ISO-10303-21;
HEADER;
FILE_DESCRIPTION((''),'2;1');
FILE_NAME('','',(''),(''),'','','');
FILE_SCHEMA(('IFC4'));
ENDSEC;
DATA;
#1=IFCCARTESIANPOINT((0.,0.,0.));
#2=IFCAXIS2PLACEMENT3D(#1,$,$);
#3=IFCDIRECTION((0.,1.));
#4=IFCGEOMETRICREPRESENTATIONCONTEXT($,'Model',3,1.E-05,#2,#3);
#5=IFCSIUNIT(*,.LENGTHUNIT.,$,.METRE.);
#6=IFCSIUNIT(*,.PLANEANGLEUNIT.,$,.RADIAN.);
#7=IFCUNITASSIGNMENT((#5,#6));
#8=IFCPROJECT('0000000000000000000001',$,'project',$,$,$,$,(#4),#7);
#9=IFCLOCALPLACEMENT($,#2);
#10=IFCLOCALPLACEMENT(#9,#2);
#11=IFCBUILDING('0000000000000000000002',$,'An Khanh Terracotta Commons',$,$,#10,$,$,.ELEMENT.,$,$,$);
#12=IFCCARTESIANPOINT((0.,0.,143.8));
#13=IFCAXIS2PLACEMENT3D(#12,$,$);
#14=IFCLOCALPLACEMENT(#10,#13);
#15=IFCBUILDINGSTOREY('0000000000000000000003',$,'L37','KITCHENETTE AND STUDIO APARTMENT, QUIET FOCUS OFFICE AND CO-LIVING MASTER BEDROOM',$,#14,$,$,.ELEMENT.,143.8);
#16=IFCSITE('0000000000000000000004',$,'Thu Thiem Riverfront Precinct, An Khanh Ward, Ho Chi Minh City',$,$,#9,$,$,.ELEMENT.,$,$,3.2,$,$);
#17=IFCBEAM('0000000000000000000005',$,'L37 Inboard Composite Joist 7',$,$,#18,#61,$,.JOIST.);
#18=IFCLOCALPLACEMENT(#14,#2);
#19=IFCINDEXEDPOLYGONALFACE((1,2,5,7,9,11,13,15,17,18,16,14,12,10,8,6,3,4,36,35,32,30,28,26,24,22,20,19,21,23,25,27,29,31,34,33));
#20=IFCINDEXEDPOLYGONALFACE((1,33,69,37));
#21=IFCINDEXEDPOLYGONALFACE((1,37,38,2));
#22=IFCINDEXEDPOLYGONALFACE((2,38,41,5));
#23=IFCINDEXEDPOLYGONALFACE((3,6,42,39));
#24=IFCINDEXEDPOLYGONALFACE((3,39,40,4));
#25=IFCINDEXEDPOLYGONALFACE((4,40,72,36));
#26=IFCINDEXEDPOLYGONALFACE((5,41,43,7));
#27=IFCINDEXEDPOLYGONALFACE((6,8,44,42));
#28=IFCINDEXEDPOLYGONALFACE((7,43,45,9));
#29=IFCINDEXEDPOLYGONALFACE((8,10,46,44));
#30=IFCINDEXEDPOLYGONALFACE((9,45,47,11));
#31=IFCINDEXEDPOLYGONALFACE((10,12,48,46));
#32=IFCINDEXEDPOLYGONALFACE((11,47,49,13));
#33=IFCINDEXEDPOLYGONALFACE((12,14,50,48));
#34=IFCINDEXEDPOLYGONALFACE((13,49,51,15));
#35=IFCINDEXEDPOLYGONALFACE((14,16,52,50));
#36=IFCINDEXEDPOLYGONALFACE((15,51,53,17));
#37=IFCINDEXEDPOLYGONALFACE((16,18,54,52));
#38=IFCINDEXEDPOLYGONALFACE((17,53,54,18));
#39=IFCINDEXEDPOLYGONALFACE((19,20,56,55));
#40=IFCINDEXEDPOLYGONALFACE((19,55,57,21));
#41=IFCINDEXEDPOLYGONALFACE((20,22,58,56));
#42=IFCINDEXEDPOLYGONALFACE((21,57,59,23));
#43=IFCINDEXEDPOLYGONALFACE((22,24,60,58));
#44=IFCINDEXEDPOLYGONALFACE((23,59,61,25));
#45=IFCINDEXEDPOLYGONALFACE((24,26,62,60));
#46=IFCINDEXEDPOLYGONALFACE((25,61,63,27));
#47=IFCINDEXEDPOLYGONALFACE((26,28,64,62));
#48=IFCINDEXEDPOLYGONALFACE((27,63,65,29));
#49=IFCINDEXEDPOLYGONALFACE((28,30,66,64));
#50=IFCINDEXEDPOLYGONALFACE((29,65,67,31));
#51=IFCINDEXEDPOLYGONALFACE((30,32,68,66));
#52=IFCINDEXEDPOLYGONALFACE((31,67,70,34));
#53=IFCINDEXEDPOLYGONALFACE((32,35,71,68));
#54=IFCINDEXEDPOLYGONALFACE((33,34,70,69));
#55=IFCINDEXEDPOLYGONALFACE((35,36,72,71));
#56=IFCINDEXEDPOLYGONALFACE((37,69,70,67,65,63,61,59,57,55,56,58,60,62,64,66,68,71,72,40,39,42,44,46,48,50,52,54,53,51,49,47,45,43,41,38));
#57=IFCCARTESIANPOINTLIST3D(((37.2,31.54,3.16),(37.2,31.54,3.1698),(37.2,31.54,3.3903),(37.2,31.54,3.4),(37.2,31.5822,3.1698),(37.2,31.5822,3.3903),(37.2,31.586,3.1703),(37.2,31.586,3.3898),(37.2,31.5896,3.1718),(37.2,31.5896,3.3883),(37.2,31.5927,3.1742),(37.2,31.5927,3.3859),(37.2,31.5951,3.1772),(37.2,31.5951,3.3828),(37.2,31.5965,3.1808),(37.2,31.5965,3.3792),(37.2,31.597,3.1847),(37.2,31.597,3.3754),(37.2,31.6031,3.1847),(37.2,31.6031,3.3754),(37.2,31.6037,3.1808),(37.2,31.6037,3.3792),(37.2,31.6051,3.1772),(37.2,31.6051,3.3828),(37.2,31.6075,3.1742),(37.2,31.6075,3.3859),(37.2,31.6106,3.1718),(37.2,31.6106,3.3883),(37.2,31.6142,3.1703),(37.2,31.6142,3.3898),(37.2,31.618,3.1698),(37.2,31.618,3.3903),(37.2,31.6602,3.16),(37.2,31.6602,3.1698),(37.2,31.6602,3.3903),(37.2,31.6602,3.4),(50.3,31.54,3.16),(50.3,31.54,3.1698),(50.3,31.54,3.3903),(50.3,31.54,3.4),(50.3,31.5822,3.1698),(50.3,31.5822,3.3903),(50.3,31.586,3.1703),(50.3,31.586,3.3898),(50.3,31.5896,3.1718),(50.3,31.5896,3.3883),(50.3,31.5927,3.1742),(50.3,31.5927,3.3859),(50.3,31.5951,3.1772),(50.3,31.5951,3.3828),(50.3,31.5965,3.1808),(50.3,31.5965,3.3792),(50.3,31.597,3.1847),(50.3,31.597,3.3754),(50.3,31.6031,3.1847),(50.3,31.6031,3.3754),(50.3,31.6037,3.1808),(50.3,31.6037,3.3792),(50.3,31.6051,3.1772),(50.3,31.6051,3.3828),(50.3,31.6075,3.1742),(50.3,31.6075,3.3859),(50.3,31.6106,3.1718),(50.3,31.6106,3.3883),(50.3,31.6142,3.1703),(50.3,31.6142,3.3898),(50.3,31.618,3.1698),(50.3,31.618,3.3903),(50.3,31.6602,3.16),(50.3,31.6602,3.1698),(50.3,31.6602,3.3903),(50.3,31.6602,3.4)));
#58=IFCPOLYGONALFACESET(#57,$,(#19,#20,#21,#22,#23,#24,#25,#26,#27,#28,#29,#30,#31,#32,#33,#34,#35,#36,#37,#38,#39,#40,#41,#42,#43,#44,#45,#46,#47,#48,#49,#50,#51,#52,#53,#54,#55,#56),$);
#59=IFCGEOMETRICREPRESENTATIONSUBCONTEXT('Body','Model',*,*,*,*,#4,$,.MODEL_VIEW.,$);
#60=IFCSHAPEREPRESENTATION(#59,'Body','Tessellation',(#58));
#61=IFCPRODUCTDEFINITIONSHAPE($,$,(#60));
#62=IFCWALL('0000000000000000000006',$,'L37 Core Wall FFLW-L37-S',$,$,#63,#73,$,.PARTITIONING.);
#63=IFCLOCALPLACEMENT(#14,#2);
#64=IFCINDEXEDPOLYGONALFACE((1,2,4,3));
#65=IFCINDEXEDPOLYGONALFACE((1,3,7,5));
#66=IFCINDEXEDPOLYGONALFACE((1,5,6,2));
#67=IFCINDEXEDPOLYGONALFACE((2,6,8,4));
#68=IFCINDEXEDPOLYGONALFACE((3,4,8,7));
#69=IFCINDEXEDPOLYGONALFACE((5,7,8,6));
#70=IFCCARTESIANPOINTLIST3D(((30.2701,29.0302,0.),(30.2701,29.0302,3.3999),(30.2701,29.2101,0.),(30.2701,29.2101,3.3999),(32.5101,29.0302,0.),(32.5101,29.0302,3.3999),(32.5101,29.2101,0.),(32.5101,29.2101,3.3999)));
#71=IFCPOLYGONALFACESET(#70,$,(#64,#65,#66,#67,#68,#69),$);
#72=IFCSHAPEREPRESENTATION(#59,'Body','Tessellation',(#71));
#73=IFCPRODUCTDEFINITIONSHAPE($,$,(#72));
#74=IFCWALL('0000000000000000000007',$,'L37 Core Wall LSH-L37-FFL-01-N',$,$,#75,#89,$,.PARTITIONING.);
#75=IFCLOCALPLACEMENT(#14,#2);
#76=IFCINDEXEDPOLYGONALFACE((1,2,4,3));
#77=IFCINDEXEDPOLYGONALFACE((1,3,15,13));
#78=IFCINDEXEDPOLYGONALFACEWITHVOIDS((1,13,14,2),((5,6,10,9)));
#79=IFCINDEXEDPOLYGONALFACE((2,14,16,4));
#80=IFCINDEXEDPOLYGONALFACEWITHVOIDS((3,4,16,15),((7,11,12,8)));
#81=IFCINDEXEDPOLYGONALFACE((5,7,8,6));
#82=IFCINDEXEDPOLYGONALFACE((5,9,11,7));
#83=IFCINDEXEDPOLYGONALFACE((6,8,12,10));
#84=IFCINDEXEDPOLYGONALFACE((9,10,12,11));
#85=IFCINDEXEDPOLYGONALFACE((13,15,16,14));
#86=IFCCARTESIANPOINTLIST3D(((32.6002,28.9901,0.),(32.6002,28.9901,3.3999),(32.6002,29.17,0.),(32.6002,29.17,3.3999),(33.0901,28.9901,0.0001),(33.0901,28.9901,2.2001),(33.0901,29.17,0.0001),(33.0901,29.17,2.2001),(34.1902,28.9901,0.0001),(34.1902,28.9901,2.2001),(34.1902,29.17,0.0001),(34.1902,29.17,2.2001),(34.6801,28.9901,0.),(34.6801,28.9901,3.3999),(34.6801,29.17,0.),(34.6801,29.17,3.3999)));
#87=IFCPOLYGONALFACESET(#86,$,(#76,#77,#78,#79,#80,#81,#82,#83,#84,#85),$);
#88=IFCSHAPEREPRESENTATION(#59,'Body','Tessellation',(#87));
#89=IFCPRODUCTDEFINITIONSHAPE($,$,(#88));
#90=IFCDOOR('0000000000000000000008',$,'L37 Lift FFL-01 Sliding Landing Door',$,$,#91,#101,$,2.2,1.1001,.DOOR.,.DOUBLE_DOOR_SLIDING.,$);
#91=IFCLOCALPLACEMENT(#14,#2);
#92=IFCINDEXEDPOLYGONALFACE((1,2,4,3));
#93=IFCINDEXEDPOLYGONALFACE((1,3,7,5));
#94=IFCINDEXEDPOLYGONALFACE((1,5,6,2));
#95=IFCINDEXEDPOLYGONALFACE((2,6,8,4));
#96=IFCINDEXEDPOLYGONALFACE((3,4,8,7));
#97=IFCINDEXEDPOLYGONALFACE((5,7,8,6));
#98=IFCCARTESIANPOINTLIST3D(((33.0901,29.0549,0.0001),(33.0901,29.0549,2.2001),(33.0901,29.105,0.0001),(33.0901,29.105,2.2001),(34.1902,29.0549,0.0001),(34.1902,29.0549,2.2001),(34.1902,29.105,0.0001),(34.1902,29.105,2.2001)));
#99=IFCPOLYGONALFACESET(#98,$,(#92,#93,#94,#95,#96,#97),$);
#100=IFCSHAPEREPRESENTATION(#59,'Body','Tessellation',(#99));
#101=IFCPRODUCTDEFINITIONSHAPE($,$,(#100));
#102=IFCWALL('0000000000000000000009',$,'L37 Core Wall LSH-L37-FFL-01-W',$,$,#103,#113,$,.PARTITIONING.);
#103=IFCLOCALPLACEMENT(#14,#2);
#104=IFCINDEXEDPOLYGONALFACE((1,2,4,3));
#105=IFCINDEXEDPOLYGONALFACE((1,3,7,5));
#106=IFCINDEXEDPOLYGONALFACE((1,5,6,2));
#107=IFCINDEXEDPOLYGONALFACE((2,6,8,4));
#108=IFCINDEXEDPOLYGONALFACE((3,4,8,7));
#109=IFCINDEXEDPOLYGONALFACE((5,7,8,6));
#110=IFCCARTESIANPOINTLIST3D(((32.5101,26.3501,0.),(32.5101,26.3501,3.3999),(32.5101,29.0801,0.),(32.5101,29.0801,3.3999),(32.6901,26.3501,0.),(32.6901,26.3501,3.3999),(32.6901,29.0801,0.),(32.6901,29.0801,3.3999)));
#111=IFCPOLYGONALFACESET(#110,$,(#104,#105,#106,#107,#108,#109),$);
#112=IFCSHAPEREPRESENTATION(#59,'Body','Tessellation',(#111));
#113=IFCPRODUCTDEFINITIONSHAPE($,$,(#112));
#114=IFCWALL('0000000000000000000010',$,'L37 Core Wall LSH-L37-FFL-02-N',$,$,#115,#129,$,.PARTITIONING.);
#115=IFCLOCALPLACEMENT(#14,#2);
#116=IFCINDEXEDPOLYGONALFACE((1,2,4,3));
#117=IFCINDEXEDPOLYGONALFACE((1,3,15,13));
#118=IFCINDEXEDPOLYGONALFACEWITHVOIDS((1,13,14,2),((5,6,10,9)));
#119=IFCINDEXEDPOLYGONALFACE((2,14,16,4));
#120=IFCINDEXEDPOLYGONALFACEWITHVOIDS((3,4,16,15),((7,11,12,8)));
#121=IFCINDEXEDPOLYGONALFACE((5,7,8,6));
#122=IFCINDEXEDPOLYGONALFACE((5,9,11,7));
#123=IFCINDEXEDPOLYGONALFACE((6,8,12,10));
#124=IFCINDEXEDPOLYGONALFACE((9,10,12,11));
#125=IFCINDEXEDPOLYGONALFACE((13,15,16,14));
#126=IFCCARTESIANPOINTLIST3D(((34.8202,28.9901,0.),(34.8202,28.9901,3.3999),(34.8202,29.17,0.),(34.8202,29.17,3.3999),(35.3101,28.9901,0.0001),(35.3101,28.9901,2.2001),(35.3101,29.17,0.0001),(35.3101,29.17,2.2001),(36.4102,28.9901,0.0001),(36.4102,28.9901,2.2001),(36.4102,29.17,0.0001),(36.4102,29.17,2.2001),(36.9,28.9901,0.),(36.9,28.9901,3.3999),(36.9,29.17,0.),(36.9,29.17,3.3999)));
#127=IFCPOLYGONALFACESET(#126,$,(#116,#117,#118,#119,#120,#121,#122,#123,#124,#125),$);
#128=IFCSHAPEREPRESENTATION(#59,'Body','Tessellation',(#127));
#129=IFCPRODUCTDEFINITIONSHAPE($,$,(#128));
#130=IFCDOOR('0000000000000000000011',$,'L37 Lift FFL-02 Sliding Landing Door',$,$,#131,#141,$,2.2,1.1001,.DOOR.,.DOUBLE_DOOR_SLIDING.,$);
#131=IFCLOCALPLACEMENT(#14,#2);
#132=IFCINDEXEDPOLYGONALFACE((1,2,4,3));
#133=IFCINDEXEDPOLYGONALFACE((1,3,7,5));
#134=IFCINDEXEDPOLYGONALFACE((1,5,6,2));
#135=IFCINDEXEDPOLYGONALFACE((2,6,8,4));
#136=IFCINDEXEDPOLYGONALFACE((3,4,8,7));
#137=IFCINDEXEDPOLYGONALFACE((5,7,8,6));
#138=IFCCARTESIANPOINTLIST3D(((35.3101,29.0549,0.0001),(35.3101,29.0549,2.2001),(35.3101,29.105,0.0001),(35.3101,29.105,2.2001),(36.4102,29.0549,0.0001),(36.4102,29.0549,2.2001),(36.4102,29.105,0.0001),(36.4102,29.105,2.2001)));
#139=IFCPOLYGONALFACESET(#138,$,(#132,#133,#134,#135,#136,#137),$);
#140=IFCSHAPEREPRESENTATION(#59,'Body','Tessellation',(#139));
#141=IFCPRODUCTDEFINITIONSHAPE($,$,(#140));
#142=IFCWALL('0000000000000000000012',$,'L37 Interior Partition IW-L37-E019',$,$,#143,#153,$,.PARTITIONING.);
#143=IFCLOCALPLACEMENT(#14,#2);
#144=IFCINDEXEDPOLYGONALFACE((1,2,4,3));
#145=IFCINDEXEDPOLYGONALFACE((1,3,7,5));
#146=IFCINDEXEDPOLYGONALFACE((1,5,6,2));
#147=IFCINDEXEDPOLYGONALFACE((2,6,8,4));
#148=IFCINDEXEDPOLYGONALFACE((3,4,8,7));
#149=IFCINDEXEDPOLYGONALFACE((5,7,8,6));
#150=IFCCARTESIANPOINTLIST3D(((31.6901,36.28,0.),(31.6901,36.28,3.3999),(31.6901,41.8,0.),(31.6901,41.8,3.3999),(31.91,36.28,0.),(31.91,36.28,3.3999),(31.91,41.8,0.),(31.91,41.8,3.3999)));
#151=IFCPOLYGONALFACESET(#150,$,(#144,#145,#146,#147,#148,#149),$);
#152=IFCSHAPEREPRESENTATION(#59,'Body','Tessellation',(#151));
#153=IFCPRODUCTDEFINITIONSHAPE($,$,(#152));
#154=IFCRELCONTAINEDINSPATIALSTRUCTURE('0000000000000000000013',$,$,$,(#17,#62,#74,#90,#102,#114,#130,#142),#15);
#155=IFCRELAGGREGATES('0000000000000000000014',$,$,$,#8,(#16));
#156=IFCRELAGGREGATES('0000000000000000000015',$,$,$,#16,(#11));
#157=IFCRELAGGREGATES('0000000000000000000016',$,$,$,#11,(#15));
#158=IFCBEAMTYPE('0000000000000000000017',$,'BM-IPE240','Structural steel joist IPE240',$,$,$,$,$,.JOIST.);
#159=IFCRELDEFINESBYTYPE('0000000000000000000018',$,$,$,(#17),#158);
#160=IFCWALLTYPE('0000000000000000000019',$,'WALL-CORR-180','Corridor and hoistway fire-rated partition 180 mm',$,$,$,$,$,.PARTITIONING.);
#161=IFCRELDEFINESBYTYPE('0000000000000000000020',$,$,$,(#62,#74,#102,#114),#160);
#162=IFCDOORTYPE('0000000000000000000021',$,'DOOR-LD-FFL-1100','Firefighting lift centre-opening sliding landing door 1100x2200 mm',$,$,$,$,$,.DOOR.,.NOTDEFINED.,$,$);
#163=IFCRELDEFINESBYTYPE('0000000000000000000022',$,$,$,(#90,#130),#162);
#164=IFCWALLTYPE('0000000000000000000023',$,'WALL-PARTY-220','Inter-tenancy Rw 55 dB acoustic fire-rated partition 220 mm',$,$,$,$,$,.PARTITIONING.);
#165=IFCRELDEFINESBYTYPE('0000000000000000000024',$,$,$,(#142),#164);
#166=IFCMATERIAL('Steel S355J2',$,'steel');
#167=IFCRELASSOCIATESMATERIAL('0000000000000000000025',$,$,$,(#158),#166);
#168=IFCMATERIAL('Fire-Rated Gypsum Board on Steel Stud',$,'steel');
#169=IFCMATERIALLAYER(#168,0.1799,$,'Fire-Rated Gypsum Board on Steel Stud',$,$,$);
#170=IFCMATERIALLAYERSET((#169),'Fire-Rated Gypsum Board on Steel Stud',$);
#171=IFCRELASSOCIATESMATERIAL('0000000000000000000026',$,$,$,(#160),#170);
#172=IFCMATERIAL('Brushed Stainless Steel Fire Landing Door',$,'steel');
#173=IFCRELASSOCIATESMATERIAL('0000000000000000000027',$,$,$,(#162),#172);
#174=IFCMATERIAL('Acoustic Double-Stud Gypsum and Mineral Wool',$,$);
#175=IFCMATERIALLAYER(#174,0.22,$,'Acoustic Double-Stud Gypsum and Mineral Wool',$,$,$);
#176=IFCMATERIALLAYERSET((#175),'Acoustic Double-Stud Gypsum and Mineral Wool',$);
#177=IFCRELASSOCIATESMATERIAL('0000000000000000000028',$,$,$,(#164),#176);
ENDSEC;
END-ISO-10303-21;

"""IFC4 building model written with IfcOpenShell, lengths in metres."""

from ifc_helpers import new_model, si_unit, direction, frame, frame_2d, origin, origin_2d, place, context, subcontext, project, spatial, rectangle, i_section, extrude, material, layer, layer_set, material_profile, profile_set, type_object, element, fill, save


model = new_model("IFC4")

# Units and contexts
model_context = context("Model", 3, precision=1e-05, world=origin(), true_north=direction((0.0, 1.0)))
body_context = subcontext(model_context, "Body", "Model", "MODEL_VIEW")
ifc_project = project(units=[si_unit("LENGTHUNIT", "METRE"), si_unit("PLANEANGLEUNIT", "RADIAN")], contexts=[model_context])

# Site, building, storey
site_placement = place(None, origin())
site = spatial("IfcSite", under=ifc_project, at=site_placement, Name="Thu Thiem Riverfront Precinct, An Khanh Ward, Ho Chi Minh City", CompositionType="ELEMENT", RefElevation=3.2)
building_placement = place(site_placement, origin())
building = spatial("IfcBuilding", under=site, at=building_placement, Name="An Khanh Terracotta Commons", CompositionType="ELEMENT")
storey_placement = place(building_placement, frame((0.0, 0.0, 143.8)))
storey = spatial("IfcBuildingStorey", under=building, at=storey_placement, Name="L37", Description="KITCHENETTE AND STUDIO APARTMENT, QUIET FOCUS OFFICE AND CO-LIVING MASTER BEDROOM", CompositionType="ELEMENT", Elevation=143.8)

# Beam
ifc_material_1 = material(Name="Steel S355J2", Category="steel")
ifc_material_profile_1 = material_profile(ifc_material_1, i_section(OverallWidth=0.1201, OverallDepth=0.24, WebThickness=0.0061, FlangeThickness=0.0098, FilletRadius=0.0149, at=origin_2d()), Name="IPE240")
ifc_profile_set_1 = profile_set([ifc_material_profile_1], Name="Steel S355J2")
beam_type_1 = type_object("IfcBeamType", Name="BM-IPE240", Description="Structural steel joist IPE240", PredefinedType="JOIST", material=ifc_profile_set_1)
for number, where, z_axis, x_axis, name in (
    (1, (37.2, 31.6001, 3.28), (1.0, 0.0, 0.0), (0.0, 1.0, 0.0), "L37 Inboard Composite Joist 7"),
):
    element("IfcBeam", number, at=place(storey_placement, frame(where, z_axis=z_axis, x_axis=x_axis)), inside=storey, type_object=beam_type_1, Name=name, PredefinedType="JOIST", context=body_context, shape_type="SweptSolid", body=[
        extrude(i_section(OverallWidth=0.1201, OverallDepth=0.24, WebThickness=0.0061, FlangeThickness=0.0098, FilletRadius=0.0149, at=origin_2d()), origin(), (0.0, 0.0, 1.0), 13.1001),
    ])

# Wall
ifc_material_2 = material(Name="Fire-Rated Gypsum Board on Steel Stud", Category="steel")
ifc_layer_1 = layer(ifc_material_2, 0.1799, Name="Fire-Rated Gypsum Board on Steel Stud")
ifc_layer_set_1 = layer_set([ifc_layer_1], Name="Fire-Rated Gypsum Board on Steel Stud")
wall_type_1 = type_object("IfcWallType", Name="WALL-CORR-180", Description="Corridor and hoistway fire-rated partition 180 mm", PredefinedType="PARTITIONING", material=ifc_layer_set_1)
wall_1_placement = place(storey_placement, frame((30.27, 29.1201, 0.0), z_axis=(0.0, 0.0, 1.0), x_axis=(1.0, 0.0, 0.0)))
element("IfcWall", 2, at=wall_1_placement, inside=storey, type_object=wall_type_1, Name="L37 Core Wall FFLW-L37-S", PredefinedType="PARTITIONING", context=body_context, shape_type="SweptSolid", body=[
    extrude(rectangle(XDim=2.24, YDim=0.1799, at=frame_2d((1.1201, 0.0))), origin(), (0.0, 0.0, 1.0), 3.3999),
])

# Wall, opening, door
wall_2_placement = place(storey_placement, frame((32.6001, 29.0801, 0.0), z_axis=(0.0, 0.0, 1.0), x_axis=(1.0, 0.0, 0.0)))
wall_2 = element("IfcWall", 3, at=wall_2_placement, inside=storey, type_object=wall_type_1, Name="L37 Core Wall LSH-L37-FFL-01-N", PredefinedType="PARTITIONING", context=body_context, shape_type="SweptSolid", body=[
    extrude(rectangle(XDim=2.0798, YDim=0.1799, at=frame_2d((1.04, 0.0))), origin(), (0.0, 0.0, 1.0), 3.3999),
])
opening_1_placement = place(wall_2_placement, frame((0.49, 0.0, 0.0)))
opening_1 = element("IfcOpeningElement", 4, at=opening_1_placement, cuts=wall_2, PredefinedType="OPENING", context=body_context, shape_type="SweptSolid", body=[
    extrude(rectangle(XDim=1.1001, YDim=2.2, at=frame_2d((0.55, 1.1001))), frame((0.0, 0.0999, 0.0), z_axis=(0.0, -1.0, 0.0), x_axis=(1.0, 0.0, 0.0)), (0.0, 0.0, 1.0), 0.2),
])
ifc_material_3 = material(Name="Brushed Stainless Steel Fire Landing Door", Category="steel")
door_type_1 = type_object("IfcDoorType", Name="DOOR-LD-FFL-1100", Description="Firefighting lift centre-opening sliding landing door 1100x2200 mm", OperationType="NOTDEFINED", PredefinedType="DOOR", material=ifc_material_3)
door_1_placement = place(opening_1_placement, origin())
door_1 = element("IfcDoor", 5, at=door_1_placement, inside=storey, type_object=door_type_1, Name="L37 Lift FFL-01 Sliding Landing Door", OperationType="DOUBLE_DOOR_SLIDING", OverallHeight=2.2, OverallWidth=1.1001, PredefinedType="DOOR", context=body_context, shape_type="SweptSolid", body=[
    extrude(rectangle(XDim=1.1001, YDim=2.2, at=frame_2d((0.55, 1.1001))), frame((0.0, 0.0249, 0.0), z_axis=(0.0, -1.0, 0.0), x_axis=(1.0, 0.0, 0.0)), (0.0, 0.0, 1.0), 0.05),
])
fill(opening_1, door_1)

# Wall
wall_3_placement = place(storey_placement, frame((32.6001, 29.0801, 0.0), z_axis=(0.0, 0.0, 1.0), x_axis=(0.0, -1.0, 0.0)))
element("IfcWall", 6, at=wall_3_placement, inside=storey, type_object=wall_type_1, Name="L37 Core Wall LSH-L37-FFL-01-W", PredefinedType="PARTITIONING", context=body_context, shape_type="SweptSolid", body=[
    extrude(rectangle(XDim=2.73, YDim=0.1799, at=frame_2d((1.365, 0.0))), origin(), (0.0, 0.0, 1.0), 3.3999),
])

# Wall, opening, door
wall_4_placement = place(storey_placement, frame((34.8201, 29.0801, 0.0), z_axis=(0.0, 0.0, 1.0), x_axis=(1.0, 0.0, 0.0)))
wall_4 = element("IfcWall", 7, at=wall_4_placement, inside=storey, type_object=wall_type_1, Name="L37 Core Wall LSH-L37-FFL-02-N", PredefinedType="PARTITIONING", context=body_context, shape_type="SweptSolid", body=[
    extrude(rectangle(XDim=2.0798, YDim=0.1799, at=frame_2d((1.04, 0.0))), origin(), (0.0, 0.0, 1.0), 3.3999),
])
opening_2_placement = place(wall_4_placement, frame((0.49, 0.0, 0.0)))
opening_2 = element("IfcOpeningElement", 8, at=opening_2_placement, cuts=wall_4, PredefinedType="OPENING", context=body_context, shape_type="SweptSolid", body=[
    extrude(rectangle(XDim=1.1001, YDim=2.2, at=frame_2d((0.55, 1.1001))), frame((0.0, 0.0999, 0.0), z_axis=(0.0, -1.0, 0.0), x_axis=(1.0, 0.0, 0.0)), (0.0, 0.0, 1.0), 0.2),
])
door_2_placement = place(opening_2_placement, origin())
door_2 = element("IfcDoor", 9, at=door_2_placement, inside=storey, type_object=door_type_1, Name="L37 Lift FFL-02 Sliding Landing Door", OperationType="DOUBLE_DOOR_SLIDING", OverallHeight=2.2, OverallWidth=1.1001, PredefinedType="DOOR", context=body_context, shape_type="SweptSolid", body=[
    extrude(rectangle(XDim=1.1001, YDim=2.2, at=frame_2d((0.55, 1.1001))), frame((0.0, 0.0249, 0.0), z_axis=(0.0, -1.0, 0.0), x_axis=(1.0, 0.0, 0.0)), (0.0, 0.0, 1.0), 0.05),
])
fill(opening_2, door_2)

# Wall
ifc_material_4 = material(Name="Acoustic Double-Stud Gypsum and Mineral Wool")
ifc_layer_2 = layer(ifc_material_4, 0.22, Name="Acoustic Double-Stud Gypsum and Mineral Wool")
ifc_layer_set_2 = layer_set([ifc_layer_2], Name="Acoustic Double-Stud Gypsum and Mineral Wool")
wall_type_2 = type_object("IfcWallType", Name="WALL-PARTY-220", Description="Inter-tenancy Rw 55 dB acoustic fire-rated partition 220 mm", PredefinedType="PARTITIONING", material=ifc_layer_set_2)
wall_5_placement = place(storey_placement, frame((31.8, 36.28, 0.0), z_axis=(0.0, 0.0, 1.0), x_axis=(0.0, 1.0, 0.0)))
element("IfcWall", 10, at=wall_5_placement, inside=storey, type_object=wall_type_2, Name="L37 Interior Partition IW-L37-E019", PredefinedType="PARTITIONING", context=body_context, shape_type="SweptSolid", body=[
    extrude(rectangle(XDim=5.52, YDim=0.22, at=frame_2d((2.76, 0.0))), origin(), (0.0, 0.0, 1.0), 3.3999),
])

save(model, "model.ifc")
